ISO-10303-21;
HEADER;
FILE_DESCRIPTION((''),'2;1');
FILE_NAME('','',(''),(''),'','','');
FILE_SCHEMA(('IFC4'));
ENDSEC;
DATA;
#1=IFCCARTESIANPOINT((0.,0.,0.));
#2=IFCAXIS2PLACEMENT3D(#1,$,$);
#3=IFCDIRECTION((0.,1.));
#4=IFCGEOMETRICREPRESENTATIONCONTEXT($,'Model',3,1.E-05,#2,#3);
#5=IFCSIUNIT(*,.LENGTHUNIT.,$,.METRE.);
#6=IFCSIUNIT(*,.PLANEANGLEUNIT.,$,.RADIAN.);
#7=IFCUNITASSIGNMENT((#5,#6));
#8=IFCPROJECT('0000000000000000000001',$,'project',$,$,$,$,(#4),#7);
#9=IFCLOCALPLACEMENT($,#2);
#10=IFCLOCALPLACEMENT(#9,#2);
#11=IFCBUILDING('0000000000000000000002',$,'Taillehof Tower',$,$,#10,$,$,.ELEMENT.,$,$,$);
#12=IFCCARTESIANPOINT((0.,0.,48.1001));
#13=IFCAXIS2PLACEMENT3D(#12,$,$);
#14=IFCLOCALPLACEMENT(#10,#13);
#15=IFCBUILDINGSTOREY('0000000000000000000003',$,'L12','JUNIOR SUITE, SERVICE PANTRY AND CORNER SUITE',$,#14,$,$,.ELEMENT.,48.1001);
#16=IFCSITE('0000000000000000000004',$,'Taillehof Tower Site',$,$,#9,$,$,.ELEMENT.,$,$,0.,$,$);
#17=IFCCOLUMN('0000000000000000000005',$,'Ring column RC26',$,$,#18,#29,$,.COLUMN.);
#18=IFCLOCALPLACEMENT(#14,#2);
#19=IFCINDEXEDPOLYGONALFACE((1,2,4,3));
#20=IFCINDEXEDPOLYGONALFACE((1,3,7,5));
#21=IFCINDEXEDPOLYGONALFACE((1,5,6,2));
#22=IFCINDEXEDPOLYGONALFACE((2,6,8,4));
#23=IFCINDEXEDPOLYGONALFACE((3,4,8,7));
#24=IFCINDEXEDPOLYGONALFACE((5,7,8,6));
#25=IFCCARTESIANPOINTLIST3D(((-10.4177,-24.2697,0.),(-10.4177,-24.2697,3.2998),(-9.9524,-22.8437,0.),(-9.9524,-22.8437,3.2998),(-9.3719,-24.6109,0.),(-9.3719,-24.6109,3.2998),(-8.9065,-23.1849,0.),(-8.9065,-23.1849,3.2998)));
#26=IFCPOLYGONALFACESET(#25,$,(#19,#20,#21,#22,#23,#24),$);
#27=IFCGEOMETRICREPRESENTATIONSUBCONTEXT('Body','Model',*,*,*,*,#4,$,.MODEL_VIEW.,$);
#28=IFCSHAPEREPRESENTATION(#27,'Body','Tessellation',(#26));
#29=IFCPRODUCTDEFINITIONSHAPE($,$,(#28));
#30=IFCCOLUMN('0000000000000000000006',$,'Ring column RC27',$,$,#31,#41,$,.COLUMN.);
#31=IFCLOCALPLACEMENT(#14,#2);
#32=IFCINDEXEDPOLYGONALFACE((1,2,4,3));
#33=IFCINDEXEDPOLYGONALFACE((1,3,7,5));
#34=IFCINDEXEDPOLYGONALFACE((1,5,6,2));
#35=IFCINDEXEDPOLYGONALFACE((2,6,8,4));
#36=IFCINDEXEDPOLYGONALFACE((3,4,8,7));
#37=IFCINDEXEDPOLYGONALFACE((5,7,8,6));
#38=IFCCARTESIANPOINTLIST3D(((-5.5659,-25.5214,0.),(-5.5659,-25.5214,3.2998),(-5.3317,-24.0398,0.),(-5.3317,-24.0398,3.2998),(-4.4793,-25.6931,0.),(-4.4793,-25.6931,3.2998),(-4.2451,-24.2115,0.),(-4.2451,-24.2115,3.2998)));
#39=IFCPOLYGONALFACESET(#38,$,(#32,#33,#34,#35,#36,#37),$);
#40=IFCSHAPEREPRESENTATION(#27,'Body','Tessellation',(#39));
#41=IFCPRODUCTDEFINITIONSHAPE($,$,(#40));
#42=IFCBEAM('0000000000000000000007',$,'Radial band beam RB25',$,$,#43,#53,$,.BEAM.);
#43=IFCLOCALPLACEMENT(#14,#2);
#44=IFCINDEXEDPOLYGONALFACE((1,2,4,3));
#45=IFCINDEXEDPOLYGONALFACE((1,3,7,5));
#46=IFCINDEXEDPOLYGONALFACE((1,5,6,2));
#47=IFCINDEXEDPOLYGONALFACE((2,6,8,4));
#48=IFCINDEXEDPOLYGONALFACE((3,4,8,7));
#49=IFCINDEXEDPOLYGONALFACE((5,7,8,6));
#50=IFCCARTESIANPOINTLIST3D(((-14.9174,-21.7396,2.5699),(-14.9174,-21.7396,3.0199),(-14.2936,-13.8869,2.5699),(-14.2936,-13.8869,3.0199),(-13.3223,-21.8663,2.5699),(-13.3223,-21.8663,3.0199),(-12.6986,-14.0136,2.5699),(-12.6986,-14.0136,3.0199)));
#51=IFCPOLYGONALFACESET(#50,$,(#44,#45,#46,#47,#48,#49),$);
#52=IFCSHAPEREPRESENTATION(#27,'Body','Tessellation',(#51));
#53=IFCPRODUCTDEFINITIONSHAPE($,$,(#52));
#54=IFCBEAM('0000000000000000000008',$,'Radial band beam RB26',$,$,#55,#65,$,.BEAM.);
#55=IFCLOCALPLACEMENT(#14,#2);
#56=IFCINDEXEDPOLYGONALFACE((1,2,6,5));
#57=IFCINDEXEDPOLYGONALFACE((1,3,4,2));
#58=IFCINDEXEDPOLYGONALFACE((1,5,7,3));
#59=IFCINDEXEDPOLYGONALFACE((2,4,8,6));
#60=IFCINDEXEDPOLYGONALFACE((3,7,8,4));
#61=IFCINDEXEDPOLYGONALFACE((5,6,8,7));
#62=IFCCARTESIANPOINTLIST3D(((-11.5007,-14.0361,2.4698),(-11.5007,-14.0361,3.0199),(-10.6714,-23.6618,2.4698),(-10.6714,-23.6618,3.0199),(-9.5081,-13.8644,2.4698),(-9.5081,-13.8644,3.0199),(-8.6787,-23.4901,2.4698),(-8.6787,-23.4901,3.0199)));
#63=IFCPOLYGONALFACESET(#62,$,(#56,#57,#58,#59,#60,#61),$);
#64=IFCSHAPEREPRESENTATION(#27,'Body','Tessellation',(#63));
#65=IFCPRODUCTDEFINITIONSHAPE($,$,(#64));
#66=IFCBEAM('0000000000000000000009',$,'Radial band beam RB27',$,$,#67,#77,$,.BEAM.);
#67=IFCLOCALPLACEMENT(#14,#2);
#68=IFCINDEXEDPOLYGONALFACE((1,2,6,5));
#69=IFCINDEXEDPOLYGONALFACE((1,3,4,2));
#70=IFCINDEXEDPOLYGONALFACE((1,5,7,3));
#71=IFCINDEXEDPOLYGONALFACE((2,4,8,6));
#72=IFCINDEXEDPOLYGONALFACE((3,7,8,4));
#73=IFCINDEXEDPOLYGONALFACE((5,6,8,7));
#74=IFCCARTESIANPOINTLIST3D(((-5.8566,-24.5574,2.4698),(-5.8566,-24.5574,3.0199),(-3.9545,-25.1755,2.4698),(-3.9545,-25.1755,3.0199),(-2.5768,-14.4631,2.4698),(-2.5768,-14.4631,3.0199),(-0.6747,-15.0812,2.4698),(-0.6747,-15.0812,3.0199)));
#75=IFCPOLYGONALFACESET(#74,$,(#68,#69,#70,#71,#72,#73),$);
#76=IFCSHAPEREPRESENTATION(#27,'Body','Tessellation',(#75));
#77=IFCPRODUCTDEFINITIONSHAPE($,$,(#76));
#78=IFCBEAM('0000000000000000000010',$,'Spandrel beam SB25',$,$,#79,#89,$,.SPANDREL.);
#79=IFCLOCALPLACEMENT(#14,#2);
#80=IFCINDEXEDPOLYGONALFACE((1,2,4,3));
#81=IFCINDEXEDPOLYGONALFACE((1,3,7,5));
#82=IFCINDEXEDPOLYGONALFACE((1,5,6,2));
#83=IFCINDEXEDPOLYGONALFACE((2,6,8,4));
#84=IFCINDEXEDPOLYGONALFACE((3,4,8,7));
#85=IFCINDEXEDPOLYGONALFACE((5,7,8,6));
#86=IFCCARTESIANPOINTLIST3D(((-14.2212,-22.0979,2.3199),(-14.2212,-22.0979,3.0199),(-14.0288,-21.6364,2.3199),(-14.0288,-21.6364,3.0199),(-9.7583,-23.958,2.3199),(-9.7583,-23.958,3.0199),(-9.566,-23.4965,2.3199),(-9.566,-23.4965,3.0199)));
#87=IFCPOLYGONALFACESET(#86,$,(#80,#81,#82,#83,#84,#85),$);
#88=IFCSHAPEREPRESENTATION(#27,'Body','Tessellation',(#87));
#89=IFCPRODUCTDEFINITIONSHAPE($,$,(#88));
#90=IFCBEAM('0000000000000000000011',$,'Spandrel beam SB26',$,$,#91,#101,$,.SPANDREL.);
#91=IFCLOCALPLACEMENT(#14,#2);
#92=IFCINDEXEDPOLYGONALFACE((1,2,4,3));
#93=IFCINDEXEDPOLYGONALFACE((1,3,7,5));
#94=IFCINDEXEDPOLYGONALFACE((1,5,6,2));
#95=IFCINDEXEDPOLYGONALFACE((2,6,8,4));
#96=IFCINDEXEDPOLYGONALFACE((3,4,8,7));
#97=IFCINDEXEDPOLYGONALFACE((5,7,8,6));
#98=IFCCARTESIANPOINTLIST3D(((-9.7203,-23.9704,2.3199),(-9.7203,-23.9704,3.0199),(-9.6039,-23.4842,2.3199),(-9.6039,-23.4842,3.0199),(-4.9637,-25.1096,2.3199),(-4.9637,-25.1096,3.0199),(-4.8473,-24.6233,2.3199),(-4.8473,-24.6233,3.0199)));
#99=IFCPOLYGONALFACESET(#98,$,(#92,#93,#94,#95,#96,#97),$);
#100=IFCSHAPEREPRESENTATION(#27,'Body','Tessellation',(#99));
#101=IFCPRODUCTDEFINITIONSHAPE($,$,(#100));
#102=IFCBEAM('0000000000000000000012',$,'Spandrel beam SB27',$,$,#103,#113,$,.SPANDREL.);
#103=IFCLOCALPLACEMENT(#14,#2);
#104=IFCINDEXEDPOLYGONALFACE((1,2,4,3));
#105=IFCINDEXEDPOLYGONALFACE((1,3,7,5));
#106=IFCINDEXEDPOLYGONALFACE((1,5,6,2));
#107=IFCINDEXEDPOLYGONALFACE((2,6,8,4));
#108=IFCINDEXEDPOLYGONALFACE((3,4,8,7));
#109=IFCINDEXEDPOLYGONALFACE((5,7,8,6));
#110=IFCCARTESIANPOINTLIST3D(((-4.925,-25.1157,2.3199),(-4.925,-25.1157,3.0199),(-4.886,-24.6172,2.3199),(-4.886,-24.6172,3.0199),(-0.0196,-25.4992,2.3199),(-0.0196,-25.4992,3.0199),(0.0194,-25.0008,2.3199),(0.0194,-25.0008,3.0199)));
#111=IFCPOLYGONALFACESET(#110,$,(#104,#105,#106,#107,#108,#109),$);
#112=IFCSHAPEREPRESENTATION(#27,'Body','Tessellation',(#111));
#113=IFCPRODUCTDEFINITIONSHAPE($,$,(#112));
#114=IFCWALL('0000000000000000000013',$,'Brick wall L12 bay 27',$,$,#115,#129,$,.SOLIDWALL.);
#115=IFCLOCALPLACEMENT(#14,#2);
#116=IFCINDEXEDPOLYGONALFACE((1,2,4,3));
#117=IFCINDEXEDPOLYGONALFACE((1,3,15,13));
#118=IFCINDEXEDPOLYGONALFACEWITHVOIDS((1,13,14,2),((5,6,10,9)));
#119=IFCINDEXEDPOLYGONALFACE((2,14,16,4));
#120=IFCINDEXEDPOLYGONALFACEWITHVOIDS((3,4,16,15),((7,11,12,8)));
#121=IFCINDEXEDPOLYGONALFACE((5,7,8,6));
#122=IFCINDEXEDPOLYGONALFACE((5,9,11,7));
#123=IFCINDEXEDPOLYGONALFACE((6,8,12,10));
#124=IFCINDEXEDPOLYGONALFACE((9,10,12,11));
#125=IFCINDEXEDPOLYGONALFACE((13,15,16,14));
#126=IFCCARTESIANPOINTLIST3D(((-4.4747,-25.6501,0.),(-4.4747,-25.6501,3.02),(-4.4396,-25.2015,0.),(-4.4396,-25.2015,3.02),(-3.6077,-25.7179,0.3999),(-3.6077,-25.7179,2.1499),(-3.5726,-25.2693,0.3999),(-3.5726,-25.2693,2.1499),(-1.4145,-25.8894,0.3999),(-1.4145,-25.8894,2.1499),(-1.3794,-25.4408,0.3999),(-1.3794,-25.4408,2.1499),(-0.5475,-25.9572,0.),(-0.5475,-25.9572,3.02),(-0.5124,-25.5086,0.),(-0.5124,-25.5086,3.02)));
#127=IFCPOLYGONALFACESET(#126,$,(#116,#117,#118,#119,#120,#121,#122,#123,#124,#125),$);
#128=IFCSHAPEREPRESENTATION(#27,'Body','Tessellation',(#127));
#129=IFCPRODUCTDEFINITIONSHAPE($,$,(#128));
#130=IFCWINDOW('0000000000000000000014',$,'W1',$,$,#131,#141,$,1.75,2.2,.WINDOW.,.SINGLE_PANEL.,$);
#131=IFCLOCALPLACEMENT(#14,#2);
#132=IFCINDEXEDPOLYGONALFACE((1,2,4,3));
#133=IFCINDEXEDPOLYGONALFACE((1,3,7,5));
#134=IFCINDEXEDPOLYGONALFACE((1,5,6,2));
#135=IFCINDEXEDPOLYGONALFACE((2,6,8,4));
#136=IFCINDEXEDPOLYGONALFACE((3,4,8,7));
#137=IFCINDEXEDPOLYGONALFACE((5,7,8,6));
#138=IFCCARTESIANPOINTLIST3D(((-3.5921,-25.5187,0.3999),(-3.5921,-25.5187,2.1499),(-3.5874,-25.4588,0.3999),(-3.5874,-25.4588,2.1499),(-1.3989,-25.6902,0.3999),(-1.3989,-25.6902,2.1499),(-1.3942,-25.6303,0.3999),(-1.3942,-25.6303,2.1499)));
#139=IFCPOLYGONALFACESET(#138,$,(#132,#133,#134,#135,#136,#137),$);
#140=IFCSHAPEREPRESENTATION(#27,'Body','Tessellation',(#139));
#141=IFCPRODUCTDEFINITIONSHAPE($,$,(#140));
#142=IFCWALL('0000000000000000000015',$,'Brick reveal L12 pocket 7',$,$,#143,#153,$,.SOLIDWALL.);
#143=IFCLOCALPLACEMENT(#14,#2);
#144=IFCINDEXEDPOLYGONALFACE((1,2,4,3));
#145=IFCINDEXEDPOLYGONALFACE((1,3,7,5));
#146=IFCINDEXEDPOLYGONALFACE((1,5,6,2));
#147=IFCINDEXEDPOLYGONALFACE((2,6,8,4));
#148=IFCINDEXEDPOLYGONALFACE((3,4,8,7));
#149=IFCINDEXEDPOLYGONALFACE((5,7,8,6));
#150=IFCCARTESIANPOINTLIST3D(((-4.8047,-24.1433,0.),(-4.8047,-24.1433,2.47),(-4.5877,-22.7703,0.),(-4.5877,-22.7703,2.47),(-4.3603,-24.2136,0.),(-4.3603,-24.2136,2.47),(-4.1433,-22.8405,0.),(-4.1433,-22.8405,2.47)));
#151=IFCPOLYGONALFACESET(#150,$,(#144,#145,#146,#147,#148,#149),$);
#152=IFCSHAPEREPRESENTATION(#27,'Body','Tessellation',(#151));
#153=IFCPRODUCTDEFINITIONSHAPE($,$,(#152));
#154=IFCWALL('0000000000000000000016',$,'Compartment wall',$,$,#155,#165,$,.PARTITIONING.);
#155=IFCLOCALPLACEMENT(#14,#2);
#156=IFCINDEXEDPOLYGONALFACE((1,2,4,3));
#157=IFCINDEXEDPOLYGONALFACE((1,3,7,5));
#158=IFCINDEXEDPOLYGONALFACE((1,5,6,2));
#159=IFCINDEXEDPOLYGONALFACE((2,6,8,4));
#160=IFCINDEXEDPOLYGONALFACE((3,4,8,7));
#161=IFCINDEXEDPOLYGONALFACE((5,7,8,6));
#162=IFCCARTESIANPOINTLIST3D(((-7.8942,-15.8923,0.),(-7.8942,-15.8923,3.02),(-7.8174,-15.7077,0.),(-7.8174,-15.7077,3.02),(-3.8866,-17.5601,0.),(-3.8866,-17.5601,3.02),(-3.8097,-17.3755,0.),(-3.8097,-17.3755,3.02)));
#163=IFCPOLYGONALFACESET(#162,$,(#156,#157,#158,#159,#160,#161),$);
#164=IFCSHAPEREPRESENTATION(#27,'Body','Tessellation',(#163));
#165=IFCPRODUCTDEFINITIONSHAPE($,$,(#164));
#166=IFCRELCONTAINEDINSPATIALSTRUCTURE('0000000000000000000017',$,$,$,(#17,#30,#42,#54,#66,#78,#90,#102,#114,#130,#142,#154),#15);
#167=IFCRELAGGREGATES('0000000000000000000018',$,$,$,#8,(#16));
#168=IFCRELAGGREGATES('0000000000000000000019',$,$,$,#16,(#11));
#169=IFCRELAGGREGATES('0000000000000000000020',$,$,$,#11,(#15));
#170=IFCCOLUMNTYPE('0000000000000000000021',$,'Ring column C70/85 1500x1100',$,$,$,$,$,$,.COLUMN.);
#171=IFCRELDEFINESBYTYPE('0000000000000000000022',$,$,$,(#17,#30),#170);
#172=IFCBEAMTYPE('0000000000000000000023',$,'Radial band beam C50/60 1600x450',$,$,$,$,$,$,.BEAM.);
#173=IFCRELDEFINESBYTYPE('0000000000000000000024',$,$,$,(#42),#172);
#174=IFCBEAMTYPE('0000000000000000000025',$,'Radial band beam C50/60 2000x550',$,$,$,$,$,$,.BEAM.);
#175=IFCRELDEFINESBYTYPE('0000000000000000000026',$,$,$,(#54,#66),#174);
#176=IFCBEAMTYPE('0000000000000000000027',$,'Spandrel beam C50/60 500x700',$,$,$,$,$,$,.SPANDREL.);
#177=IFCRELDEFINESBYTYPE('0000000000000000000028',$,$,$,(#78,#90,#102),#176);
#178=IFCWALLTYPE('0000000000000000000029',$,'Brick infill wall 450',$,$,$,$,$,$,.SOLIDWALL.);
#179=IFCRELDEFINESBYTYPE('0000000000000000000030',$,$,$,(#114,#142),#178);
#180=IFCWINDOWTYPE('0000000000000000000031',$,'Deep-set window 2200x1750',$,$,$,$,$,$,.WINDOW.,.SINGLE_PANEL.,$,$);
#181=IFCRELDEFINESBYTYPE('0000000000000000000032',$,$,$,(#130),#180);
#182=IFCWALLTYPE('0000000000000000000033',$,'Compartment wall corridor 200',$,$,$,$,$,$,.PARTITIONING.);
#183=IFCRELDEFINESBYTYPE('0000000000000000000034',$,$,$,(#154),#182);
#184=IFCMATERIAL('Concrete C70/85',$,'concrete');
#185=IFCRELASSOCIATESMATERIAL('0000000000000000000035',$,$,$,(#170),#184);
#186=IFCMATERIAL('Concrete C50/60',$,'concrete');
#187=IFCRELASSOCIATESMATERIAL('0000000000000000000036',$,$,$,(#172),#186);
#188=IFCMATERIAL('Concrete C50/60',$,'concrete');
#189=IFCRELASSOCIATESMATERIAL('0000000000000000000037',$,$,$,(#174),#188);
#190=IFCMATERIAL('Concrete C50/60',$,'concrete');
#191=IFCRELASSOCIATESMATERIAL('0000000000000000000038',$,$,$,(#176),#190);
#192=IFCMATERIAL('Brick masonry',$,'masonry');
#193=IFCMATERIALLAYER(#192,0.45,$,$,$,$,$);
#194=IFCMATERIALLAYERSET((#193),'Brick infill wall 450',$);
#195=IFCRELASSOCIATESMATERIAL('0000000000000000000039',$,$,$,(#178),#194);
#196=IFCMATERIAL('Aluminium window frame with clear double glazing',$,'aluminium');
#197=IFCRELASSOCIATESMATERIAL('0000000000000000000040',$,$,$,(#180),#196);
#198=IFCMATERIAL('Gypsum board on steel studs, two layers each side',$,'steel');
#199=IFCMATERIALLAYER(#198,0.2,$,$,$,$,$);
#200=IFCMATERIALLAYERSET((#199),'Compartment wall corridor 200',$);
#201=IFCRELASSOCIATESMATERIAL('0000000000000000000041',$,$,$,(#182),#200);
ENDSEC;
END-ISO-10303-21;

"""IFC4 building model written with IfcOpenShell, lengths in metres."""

from ifc_helpers import new_model, si_unit, direction, frame, frame_2d, origin, origin_2d, place, context, subcontext, project, spatial, rectangle, extrude, material, layer, layer_set, material_profile, profile_set, type_object, element, fill, save


model = new_model("IFC4")

# Units and contexts
model_context = context("Model", 3, precision=1e-05, world=origin(), true_north=direction((0.0, 1.0)))
body_context = subcontext(model_context, "Body", "Model", "MODEL_VIEW")
ifc_project = project(units=[si_unit("LENGTHUNIT", "METRE"), si_unit("PLANEANGLEUNIT", "RADIAN")], contexts=[model_context])

# Site, building, storey
site_placement = place(None, origin())
site = spatial("IfcSite", under=ifc_project, at=site_placement, Name="Taillehof Tower Site", CompositionType="ELEMENT", RefElevation=0.0)
building_placement = place(site_placement, origin())
building = spatial("IfcBuilding", under=site, at=building_placement, Name="Taillehof Tower", CompositionType="ELEMENT")
storey_placement = place(building_placement, frame((0.0, 0.0, 48.1001)))
storey = spatial("IfcBuildingStorey", under=building, at=storey_placement, Name="L12", Description="JUNIOR SUITE, SERVICE PANTRY AND CORNER SUITE", CompositionType="ELEMENT", Elevation=48.1001)

# Columns
ifc_material_1 = material(Name="Concrete C70/85", Category="concrete")
ifc_material_profile_1 = material_profile(ifc_material_1, rectangle(XDim=1.5, YDim=1.1001, at=origin_2d()), Name="RC 1500x1100")
ifc_profile_set_1 = profile_set([ifc_material_profile_1], Name="Concrete C70/85")
column_type = type_object("IfcColumnType", Name="Ring column C70/85 1500x1100", PredefinedType="COLUMN", material=ifc_profile_set_1)
for number, where, z_axis, x_axis, name in (
    (1, (-9.6621, -23.7273, 0.0), (0.0, 0.0, 1.0), (-0.310219, -0.950665, 0.0), "Ring column RC26"),
    (2, (-4.9055, -24.8665, 0.0), (0.0, 0.0, 1.0), (-0.156147, -0.987734, 0.0), "Ring column RC27"),
):
    element("IfcColumn", number, at=place(storey_placement, frame(where, z_axis=z_axis, x_axis=x_axis)), inside=storey, type_object=column_type, Name=name, PredefinedType="COLUMN", context=body_context, shape_type="SweptSolid", body=[
        extrude(rectangle(XDim=1.5, YDim=1.1001, at=origin_2d()), origin(), (0.0, 0.0, 1.0), 3.2998),
    ])

# Beams
ifc_material_2 = material(Name="Concrete C50/60", Category="concrete")
ifc_material_profile_2 = material_profile(ifc_material_2, rectangle(XDim=1.6001, YDim=0.45, at=origin_2d()), Name="RC 1600x450")
ifc_profile_set_2 = profile_set([ifc_material_profile_2], Name="Concrete C50/60")
beam_type_1 = type_object("IfcBeamType", Name="Radial band beam C50/60 1600x450", PredefinedType="BEAM", material=ifc_profile_set_2)
beam_1_placement = place(storey_placement, frame((-14.1199, -21.803, 2.7949), z_axis=(0.079185, 0.99686, 0.0), x_axis=(-0.99686, 0.079185, 0.0)))
element("IfcBeam", 3, at=beam_1_placement, inside=storey, type_object=beam_type_1, Name="Radial band beam RB25", PredefinedType="BEAM", context=body_context, shape_type="SweptSolid", body=[
    extrude(rectangle(XDim=1.6001, YDim=0.45, at=origin_2d()), origin(), (0.0, 0.0, 1.0), 7.8774),
])
ifc_material_3 = material(Name="Concrete C50/60", Category="concrete")
ifc_material_profile_3 = material_profile(ifc_material_3, rectangle(XDim=2.0, YDim=0.55, at=origin_2d()), Name="RC 2000x550")
ifc_profile_set_3 = profile_set([ifc_material_profile_3], Name="Concrete C50/60")
beam_type_2 = type_object("IfcBeamType", Name="Radial band beam C50/60 2000x550", PredefinedType="BEAM", material=ifc_profile_set_3)
beam_2_placement = place(storey_placement, frame((-9.675, -23.5759, 2.7449), z_axis=(-0.085841, 0.996309, 0.0), x_axis=(-0.996309, -0.085841, 0.0)))
element("IfcBeam", 4, at=beam_2_placement, inside=storey, type_object=beam_type_2, Name="Radial band beam RB26", PredefinedType="BEAM", context=body_context, shape_type="SweptSolid", body=[
    extrude(rectangle(XDim=2.0, YDim=0.55, at=origin_2d()), origin(), (0.0, 0.0, 1.0), 9.6614),
])
beam_3_placement = place(storey_placement, frame((-4.9055, -24.8665, 2.7449), z_axis=(0.309014, 0.951057, 0.0), x_axis=(-0.951057, 0.309014, 0.0)))
element("IfcBeam", 5, at=beam_3_placement, inside=storey, type_object=beam_type_2, Name="Radial band beam RB27", PredefinedType="BEAM", context=body_context, shape_type="SweptSolid", body=[
    extrude(rectangle(XDim=2.0, YDim=0.55, at=origin_2d()), origin(), (0.0, 0.0, 1.0), 10.6138),
])
ifc_material_4 = material(Name="Concrete C50/60", Category="concrete")
ifc_material_profile_4 = material_profile(ifc_material_4, rectangle(XDim=0.5, YDim=0.7, at=origin_2d()), Name="RC 500x700")
ifc_profile_set_4 = profile_set([ifc_material_profile_4], Name="Concrete C50/60")
beam_type_3 = type_object("IfcBeamType", Name="Spandrel beam C50/60 500x700", PredefinedType="SPANDREL", material=ifc_profile_set_4)
beam_4_placement = place(storey_placement, frame((-14.125, -21.8672, 2.6699), z_axis=(0.923035, -0.384716, 0.0), x_axis=(0.384716, 0.923035, 0.0)))
element("IfcBeam", 6, at=beam_4_placement, inside=storey, type_object=beam_type_3, Name="Spandrel beam SB25", PredefinedType="SPANDREL", context=body_context, shape_type="SweptSolid", body=[
    extrude(rectangle(XDim=0.5, YDim=0.7, at=origin_2d()), origin(), (0.0, 0.0, 1.0), 4.835),
])
beam_5_placement = place(storey_placement, frame((-9.6621, -23.7273, 2.6699), z_axis=(0.9725, -0.232905, 0.0), x_axis=(0.232905, 0.9725, 0.0)))
element("IfcBeam", 7, at=beam_5_placement, inside=storey, type_object=beam_type_3, Name="Spandrel beam SB26", PredefinedType="SPANDREL", context=body_context, shape_type="SweptSolid", body=[
    extrude(rectangle(XDim=0.5, YDim=0.7, at=origin_2d()), origin(), (0.0, 0.0, 1.0), 4.8911),
])
beam_6_placement = place(storey_placement, frame((-4.9055, -24.8665, 2.6699), z_axis=(0.996957, -0.077949, 0.0), x_axis=(0.077949, 0.996957, 0.0)))
element("IfcBeam", 8, at=beam_6_placement, inside=storey, type_object=beam_type_3, Name="Spandrel beam SB27", PredefinedType="SPANDREL", context=body_context, shape_type="SweptSolid", body=[
    extrude(rectangle(XDim=0.5, YDim=0.7, at=origin_2d()), origin(), (0.0, 0.0, 1.0), 4.9204),
])

# Wall, opening, window
ifc_material_5 = material(Name="Brick masonry", Category="masonry")
ifc_layer_1 = layer(ifc_material_5, 0.45)
ifc_layer_set_1 = layer_set([ifc_layer_1], Name="Brick infill wall 450")
wall_type_1 = type_object("IfcWallType", Name="Brick infill wall 450", PredefinedType="SOLIDWALL", material=ifc_layer_set_1)
wall_1_placement = place(storey_placement, frame((-4.4573, -25.4258, 0.0), z_axis=(0.0, 0.0, 1.0), x_axis=(0.996956, -0.077967, 0.0)))
wall_1 = element("IfcWall", 9, at=wall_1_placement, inside=storey, type_object=wall_type_1, Name="Brick wall L12 bay 27", PredefinedType="SOLIDWALL", context=body_context, shape_type="SweptSolid", body=[
    extrude(rectangle(XDim=3.9392, YDim=0.45, at=frame_2d((1.9697, 0.0))), origin(), (0.0, 0.0, 1.0), 3.02),
])
opening_1_placement = place(wall_1_placement, frame((0.8696, 0.0, 0.3999)))
opening_1 = element("IfcOpeningElement", 10, at=opening_1_placement, cuts=wall_1, PredefinedType="OPENING", context=body_context, shape_type="SweptSolid", body=[
    extrude(rectangle(XDim=2.2, YDim=1.75, at=frame_2d((1.1001, 0.875))), frame((0.0, 0.2349, 0.0), z_axis=(0.0, -1.0, 0.0), x_axis=(1.0, 0.0, 0.0)), (0.0, 0.0, 1.0), 0.47),
])
ifc_material_6 = material(Name="Aluminium window frame with clear double glazing", Category="aluminium")
window_type_1 = type_object("IfcWindowType", Name="Deep-set window 2200x1750", PartitioningType="SINGLE_PANEL", PredefinedType="WINDOW", material=ifc_material_6)
window_1_placement = place(opening_1_placement, origin())
window_1 = element("IfcWindow", 11, at=window_1_placement, inside=storey, type_object=window_type_1, Name="W1", OverallHeight=1.75, OverallWidth=2.2, PartitioningType="SINGLE_PANEL", PredefinedType="WINDOW", context=body_context, shape_type="SweptSolid", body=[
    extrude(rectangle(XDim=2.2, YDim=1.75, at=frame_2d((1.1001, 0.875))), frame((0.0, 0.0349, 0.0), z_axis=(0.0, -1.0, 0.0), x_axis=(1.0, 0.0, 0.0)), (0.0, 0.0, 1.0), 0.0601),
])
fill(opening_1, window_1)

# Wall
wall_2_placement = place(storey_placement, frame((-4.5825, -24.1785, 0.0), z_axis=(0.0, 0.0, 1.0), x_axis=(0.156134, 0.987736, 0.0)))
element("IfcWall", 12, at=wall_2_placement, inside=storey, type_object=wall_type_1, Name="Brick reveal L12 pocket 7", PredefinedType="SOLIDWALL", context=body_context, shape_type="SweptSolid", body=[
    extrude(rectangle(XDim=1.3901, YDim=0.45, at=frame_2d((0.6951, 0.0))), origin(), (0.0, 0.0, 1.0), 2.47),
])

# Wall
ifc_material_7 = material(Name="Gypsum board on steel studs, two layers each side", Category="steel")
ifc_layer_2 = layer(ifc_material_7, 0.2)
ifc_layer_set_2 = layer_set([ifc_layer_2], Name="Compartment wall corridor 200")
wall_type_2 = type_object("IfcWallType", Name="Compartment wall corridor 200", PredefinedType="PARTITIONING", material=ifc_layer_set_2)
wall_3_placement = place(storey_placement, frame((-3.8481, -17.4678, 0.0), z_axis=(0.0, 0.0, 1.0), x_axis=(-0.923248, 0.384204, 0.0)))
element("IfcWall", 13, at=wall_3_placement, inside=storey, type_object=wall_type_2, Name="Compartment wall", PredefinedType="PARTITIONING", context=body_context, shape_type="SweptSolid", body=[
    extrude(rectangle(XDim=4.3408, YDim=0.2, at=frame_2d((2.1704, 0.0))), origin(), (0.0, 0.0, 1.0), 3.02),
])

save(model, "model.ifc")
